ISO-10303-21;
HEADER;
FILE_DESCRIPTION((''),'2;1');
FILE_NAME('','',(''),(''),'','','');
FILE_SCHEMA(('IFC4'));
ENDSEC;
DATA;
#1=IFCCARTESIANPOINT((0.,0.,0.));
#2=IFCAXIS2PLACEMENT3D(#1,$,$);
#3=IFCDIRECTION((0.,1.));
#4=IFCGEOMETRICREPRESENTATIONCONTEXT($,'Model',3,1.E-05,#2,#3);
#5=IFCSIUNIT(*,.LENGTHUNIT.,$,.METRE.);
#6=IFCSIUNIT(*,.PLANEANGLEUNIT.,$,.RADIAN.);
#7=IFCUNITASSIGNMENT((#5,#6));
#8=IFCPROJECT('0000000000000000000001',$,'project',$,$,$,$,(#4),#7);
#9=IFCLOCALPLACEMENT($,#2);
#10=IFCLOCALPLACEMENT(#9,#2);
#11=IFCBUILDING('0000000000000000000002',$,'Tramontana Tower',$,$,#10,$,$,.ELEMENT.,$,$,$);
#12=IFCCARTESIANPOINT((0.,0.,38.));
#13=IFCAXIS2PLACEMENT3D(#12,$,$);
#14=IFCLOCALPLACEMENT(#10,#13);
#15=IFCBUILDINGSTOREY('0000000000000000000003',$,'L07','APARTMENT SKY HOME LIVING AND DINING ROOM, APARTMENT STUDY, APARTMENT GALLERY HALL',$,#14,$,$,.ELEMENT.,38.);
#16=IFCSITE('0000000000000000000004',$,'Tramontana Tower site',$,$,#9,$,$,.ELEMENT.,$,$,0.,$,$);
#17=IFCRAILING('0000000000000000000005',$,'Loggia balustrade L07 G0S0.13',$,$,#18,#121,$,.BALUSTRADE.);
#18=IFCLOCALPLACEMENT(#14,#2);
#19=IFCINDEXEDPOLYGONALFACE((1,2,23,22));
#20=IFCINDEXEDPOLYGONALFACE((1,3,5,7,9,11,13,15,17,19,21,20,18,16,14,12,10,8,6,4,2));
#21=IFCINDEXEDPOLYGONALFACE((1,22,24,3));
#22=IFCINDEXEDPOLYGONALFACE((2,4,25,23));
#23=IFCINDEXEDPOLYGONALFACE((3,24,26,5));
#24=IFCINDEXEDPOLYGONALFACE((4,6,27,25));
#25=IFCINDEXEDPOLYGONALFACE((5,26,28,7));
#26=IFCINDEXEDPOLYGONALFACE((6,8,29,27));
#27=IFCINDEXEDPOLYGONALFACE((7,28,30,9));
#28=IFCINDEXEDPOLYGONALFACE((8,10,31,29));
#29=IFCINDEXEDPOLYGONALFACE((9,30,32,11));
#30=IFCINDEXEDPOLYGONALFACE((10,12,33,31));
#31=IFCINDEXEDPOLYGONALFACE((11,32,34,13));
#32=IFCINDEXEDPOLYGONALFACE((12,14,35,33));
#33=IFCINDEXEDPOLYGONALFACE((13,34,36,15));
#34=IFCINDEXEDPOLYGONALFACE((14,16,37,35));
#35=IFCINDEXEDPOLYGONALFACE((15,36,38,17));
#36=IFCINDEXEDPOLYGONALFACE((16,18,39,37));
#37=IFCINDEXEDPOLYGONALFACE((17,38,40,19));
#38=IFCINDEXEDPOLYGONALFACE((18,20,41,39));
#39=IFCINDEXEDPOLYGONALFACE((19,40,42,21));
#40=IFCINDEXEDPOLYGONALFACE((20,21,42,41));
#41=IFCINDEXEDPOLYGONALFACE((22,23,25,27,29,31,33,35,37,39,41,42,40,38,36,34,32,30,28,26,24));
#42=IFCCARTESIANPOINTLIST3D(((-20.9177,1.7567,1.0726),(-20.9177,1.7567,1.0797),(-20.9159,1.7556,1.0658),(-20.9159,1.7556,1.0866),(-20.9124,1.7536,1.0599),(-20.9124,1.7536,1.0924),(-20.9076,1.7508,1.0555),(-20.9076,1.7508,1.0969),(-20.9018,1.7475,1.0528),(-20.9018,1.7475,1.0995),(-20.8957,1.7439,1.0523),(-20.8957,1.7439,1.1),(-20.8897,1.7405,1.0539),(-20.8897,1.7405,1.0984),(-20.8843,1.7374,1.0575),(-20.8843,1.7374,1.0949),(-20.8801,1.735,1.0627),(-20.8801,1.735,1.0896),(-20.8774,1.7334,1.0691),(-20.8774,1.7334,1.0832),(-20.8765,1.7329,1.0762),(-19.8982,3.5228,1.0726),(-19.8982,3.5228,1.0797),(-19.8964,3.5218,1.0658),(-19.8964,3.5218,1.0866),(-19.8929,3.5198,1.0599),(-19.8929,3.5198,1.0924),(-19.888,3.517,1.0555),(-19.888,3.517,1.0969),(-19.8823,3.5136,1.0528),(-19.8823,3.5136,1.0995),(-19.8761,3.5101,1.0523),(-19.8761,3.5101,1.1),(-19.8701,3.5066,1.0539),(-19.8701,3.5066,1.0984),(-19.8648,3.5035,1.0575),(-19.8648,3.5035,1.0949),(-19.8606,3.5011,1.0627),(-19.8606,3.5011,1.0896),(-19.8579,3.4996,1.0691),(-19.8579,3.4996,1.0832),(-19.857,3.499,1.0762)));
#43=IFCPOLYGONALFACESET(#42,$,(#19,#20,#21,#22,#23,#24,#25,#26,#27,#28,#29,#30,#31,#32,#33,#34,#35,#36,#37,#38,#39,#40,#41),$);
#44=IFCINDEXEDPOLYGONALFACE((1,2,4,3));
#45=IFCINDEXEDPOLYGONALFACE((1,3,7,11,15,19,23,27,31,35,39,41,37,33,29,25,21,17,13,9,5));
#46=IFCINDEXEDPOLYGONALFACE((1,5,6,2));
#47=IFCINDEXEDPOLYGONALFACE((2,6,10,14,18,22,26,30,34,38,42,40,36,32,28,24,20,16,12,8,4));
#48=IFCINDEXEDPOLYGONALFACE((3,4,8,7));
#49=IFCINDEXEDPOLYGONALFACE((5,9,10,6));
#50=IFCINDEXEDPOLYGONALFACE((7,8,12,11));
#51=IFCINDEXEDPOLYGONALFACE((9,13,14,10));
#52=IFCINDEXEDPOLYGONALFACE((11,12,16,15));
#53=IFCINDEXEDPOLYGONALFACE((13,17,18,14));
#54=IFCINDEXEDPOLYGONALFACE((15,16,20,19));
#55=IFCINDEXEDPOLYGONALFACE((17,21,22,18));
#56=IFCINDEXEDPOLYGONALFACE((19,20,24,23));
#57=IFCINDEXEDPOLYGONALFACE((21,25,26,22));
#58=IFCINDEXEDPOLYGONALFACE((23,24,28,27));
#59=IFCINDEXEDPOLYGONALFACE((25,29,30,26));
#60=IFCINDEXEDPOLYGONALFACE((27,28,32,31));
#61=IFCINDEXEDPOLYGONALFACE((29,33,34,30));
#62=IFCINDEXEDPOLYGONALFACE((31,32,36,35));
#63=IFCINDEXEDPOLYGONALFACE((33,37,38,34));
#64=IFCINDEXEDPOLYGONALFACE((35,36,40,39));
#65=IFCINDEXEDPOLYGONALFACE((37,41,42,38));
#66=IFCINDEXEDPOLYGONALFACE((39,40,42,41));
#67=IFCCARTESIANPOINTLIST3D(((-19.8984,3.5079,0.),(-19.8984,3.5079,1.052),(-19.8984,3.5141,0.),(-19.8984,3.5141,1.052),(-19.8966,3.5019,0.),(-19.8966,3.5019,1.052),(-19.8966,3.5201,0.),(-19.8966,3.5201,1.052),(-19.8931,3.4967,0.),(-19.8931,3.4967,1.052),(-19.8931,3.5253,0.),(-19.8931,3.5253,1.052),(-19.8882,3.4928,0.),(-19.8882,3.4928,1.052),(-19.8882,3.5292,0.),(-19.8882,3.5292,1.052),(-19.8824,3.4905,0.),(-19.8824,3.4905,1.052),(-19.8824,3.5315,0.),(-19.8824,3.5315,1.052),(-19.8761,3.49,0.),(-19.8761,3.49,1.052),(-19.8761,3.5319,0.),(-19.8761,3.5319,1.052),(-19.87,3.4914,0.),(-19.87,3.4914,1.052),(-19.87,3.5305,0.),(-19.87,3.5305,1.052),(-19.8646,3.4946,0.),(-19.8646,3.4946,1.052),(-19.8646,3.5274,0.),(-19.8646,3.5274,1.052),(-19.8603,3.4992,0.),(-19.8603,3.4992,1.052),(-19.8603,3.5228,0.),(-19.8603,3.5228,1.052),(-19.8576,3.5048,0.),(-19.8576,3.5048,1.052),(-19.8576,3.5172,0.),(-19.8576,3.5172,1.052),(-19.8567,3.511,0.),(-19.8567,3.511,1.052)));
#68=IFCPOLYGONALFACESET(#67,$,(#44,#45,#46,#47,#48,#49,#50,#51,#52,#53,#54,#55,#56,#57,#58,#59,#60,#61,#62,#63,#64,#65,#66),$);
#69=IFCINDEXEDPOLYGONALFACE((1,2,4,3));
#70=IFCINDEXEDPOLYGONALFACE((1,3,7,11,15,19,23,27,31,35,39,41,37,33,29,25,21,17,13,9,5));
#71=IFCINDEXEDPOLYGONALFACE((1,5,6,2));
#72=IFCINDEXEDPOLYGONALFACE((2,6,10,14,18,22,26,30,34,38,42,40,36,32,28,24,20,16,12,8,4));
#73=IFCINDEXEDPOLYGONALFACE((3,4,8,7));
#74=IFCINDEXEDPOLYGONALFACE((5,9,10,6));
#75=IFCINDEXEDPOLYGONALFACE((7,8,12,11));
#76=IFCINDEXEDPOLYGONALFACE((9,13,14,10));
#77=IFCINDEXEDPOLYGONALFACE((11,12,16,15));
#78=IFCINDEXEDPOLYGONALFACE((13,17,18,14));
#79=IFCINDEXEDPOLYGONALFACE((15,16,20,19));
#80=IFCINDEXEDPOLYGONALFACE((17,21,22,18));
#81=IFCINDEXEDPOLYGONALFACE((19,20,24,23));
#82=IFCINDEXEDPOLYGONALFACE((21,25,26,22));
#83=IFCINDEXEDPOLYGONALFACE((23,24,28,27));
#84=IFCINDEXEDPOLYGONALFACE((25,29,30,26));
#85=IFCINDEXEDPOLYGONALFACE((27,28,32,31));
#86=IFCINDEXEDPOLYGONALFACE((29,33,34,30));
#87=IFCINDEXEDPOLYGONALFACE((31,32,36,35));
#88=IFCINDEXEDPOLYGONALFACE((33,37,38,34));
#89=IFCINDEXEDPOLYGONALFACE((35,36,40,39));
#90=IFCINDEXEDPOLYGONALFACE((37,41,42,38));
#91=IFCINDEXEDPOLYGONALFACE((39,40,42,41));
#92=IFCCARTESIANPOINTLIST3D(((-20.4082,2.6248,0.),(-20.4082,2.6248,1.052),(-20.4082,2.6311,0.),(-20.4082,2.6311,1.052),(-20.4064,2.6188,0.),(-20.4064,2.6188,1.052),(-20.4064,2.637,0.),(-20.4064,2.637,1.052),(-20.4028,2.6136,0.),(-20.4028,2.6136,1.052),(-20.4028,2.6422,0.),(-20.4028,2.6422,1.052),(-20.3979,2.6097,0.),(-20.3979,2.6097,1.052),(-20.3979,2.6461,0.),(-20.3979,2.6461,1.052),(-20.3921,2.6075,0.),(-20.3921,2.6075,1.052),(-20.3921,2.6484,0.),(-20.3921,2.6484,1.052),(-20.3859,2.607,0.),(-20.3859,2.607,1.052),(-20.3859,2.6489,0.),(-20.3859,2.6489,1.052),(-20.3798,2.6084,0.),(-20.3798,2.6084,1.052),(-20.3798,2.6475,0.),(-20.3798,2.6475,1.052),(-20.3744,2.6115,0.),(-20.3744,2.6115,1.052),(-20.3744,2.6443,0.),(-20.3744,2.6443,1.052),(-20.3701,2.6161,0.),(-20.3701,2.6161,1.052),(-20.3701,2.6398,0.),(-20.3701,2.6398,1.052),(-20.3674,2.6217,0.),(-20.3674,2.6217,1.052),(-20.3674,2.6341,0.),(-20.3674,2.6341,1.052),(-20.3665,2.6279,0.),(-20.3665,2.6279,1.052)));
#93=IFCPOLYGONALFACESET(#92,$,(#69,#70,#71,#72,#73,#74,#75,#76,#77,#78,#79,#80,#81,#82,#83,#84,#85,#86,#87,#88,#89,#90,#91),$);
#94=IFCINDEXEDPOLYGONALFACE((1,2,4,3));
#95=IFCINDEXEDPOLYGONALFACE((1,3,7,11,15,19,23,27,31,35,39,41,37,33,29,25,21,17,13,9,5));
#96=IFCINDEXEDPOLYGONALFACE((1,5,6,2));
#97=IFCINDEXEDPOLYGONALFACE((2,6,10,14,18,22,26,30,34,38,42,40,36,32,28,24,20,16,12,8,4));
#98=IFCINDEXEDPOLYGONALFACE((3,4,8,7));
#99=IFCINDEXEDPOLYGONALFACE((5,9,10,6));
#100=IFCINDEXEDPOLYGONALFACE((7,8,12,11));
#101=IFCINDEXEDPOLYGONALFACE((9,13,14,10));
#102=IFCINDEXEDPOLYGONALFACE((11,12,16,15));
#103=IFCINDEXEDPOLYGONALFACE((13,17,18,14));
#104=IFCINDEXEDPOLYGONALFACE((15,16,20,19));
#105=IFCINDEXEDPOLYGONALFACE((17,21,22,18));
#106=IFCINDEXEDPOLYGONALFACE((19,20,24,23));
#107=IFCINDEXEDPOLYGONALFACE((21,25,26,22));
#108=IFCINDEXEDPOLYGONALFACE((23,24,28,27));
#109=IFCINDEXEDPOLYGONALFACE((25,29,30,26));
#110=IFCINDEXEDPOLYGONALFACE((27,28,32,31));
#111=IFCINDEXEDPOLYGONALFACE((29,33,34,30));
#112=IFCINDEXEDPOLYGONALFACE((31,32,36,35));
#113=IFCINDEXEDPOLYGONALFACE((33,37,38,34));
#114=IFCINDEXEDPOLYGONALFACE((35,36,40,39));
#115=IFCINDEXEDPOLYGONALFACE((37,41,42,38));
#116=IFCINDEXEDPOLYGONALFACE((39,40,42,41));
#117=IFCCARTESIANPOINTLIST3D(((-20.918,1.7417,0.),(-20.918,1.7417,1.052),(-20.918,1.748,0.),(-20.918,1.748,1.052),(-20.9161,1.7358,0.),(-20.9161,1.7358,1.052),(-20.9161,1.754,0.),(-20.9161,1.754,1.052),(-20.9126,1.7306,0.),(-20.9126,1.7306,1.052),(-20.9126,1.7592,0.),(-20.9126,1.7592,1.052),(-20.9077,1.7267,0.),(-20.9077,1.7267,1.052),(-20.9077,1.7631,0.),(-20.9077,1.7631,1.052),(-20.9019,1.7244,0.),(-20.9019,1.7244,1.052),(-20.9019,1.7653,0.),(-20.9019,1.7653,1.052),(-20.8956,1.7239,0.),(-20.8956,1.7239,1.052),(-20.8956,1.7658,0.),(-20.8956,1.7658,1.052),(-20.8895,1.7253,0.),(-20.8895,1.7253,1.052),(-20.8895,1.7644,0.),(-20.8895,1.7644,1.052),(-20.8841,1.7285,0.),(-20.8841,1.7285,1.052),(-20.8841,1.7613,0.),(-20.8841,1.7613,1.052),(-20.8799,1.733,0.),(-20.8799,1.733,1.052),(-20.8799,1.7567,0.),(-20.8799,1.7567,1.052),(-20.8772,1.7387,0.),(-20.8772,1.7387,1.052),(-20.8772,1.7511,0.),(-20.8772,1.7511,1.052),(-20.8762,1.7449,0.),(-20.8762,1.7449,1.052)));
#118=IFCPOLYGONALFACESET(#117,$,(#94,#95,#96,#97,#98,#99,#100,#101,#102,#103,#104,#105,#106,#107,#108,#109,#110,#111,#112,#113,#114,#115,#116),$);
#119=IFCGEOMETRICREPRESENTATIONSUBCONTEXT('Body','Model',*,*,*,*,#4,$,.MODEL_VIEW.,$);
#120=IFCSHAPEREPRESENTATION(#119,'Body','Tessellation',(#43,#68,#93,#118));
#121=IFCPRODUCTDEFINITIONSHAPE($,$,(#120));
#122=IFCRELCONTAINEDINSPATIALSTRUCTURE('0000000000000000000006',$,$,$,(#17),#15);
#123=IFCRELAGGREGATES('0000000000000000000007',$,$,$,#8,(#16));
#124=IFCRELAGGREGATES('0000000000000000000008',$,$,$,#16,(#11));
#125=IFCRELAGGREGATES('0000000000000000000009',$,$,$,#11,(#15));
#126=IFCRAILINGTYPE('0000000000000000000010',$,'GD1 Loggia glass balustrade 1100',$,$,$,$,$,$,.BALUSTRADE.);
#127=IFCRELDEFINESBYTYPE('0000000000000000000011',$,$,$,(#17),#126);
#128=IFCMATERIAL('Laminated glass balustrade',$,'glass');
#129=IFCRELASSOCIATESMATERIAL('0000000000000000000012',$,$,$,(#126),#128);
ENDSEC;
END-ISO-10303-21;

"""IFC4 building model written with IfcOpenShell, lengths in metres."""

from ifc_helpers import new_model, si_unit, direction, frame, origin, origin_2d, place, context, subcontext, project, spatial, circle, extrude, material, type_object, element, save


model = new_model("IFC4")

# Units and contexts
model_context = context("Model", 3, precision=1e-05, world=origin(), true_north=direction((0.0, 1.0)))
body_context = subcontext(model_context, "Body", "Model", "MODEL_VIEW")
ifc_project = project(units=[si_unit("LENGTHUNIT", "METRE"), si_unit("PLANEANGLEUNIT", "RADIAN")], contexts=[model_context])

# Site, building, storey
site_placement = place(None, origin())
site = spatial("IfcSite", under=ifc_project, at=site_placement, Name="Tramontana Tower site", CompositionType="ELEMENT", RefElevation=0.0)
building_placement = place(site_placement, origin())
building = spatial("IfcBuilding", under=site, at=building_placement, Name="Tramontana Tower", CompositionType="ELEMENT")
storey_placement = place(building_placement, frame((0.0, 0.0, 38.0)))
storey = spatial("IfcBuildingStorey", under=building, at=storey_placement, Name="L07", Description="APARTMENT SKY HOME LIVING AND DINING ROOM, APARTMENT STUDY, APARTMENT GALLERY HALL", CompositionType="ELEMENT", Elevation=38.0)

# Railing
ifc_material_1 = material(Name="Laminated glass balustrade", Category="glass")
railing_type = type_object("IfcRailingType", Name="GD1 Loggia glass balustrade 1100", PredefinedType="BALUSTRADE", material=ifc_material_1)
railing_placement = place(storey_placement, frame((-19.8777, 3.511, 0.0)))
element("IfcRailing", 1, at=railing_placement, inside=storey, type_object=railing_type, Name="Loggia balustrade L07 G0S0.13", PredefinedType="BALUSTRADE", context=body_context, shape_type="SweptSolid", body=[
    extrude(circle(Radius=0.0239, at=origin_2d()), frame((0.0, 0.0, 1.0762), z_axis=(-0.49995, -0.866054, 0.0), x_axis=(0.866054, -0.49995, 0.0)), (0.0, 0.0, 1.0), 2.0393),
    extrude(circle(Radius=0.021, at=origin_2d()), origin(), (0.0, 0.0, 1.0), 1.052),
    extrude(circle(Radius=0.021, at=origin_2d()), frame((-0.5098, -0.8831, 0.0)), (0.0, 0.0, 1.0), 1.052),
    extrude(circle(Radius=0.021, at=origin_2d()), frame((-1.0195, -1.7661, 0.0)), (0.0, 0.0, 1.0), 1.052),
])

save(model, "model.ifc")
